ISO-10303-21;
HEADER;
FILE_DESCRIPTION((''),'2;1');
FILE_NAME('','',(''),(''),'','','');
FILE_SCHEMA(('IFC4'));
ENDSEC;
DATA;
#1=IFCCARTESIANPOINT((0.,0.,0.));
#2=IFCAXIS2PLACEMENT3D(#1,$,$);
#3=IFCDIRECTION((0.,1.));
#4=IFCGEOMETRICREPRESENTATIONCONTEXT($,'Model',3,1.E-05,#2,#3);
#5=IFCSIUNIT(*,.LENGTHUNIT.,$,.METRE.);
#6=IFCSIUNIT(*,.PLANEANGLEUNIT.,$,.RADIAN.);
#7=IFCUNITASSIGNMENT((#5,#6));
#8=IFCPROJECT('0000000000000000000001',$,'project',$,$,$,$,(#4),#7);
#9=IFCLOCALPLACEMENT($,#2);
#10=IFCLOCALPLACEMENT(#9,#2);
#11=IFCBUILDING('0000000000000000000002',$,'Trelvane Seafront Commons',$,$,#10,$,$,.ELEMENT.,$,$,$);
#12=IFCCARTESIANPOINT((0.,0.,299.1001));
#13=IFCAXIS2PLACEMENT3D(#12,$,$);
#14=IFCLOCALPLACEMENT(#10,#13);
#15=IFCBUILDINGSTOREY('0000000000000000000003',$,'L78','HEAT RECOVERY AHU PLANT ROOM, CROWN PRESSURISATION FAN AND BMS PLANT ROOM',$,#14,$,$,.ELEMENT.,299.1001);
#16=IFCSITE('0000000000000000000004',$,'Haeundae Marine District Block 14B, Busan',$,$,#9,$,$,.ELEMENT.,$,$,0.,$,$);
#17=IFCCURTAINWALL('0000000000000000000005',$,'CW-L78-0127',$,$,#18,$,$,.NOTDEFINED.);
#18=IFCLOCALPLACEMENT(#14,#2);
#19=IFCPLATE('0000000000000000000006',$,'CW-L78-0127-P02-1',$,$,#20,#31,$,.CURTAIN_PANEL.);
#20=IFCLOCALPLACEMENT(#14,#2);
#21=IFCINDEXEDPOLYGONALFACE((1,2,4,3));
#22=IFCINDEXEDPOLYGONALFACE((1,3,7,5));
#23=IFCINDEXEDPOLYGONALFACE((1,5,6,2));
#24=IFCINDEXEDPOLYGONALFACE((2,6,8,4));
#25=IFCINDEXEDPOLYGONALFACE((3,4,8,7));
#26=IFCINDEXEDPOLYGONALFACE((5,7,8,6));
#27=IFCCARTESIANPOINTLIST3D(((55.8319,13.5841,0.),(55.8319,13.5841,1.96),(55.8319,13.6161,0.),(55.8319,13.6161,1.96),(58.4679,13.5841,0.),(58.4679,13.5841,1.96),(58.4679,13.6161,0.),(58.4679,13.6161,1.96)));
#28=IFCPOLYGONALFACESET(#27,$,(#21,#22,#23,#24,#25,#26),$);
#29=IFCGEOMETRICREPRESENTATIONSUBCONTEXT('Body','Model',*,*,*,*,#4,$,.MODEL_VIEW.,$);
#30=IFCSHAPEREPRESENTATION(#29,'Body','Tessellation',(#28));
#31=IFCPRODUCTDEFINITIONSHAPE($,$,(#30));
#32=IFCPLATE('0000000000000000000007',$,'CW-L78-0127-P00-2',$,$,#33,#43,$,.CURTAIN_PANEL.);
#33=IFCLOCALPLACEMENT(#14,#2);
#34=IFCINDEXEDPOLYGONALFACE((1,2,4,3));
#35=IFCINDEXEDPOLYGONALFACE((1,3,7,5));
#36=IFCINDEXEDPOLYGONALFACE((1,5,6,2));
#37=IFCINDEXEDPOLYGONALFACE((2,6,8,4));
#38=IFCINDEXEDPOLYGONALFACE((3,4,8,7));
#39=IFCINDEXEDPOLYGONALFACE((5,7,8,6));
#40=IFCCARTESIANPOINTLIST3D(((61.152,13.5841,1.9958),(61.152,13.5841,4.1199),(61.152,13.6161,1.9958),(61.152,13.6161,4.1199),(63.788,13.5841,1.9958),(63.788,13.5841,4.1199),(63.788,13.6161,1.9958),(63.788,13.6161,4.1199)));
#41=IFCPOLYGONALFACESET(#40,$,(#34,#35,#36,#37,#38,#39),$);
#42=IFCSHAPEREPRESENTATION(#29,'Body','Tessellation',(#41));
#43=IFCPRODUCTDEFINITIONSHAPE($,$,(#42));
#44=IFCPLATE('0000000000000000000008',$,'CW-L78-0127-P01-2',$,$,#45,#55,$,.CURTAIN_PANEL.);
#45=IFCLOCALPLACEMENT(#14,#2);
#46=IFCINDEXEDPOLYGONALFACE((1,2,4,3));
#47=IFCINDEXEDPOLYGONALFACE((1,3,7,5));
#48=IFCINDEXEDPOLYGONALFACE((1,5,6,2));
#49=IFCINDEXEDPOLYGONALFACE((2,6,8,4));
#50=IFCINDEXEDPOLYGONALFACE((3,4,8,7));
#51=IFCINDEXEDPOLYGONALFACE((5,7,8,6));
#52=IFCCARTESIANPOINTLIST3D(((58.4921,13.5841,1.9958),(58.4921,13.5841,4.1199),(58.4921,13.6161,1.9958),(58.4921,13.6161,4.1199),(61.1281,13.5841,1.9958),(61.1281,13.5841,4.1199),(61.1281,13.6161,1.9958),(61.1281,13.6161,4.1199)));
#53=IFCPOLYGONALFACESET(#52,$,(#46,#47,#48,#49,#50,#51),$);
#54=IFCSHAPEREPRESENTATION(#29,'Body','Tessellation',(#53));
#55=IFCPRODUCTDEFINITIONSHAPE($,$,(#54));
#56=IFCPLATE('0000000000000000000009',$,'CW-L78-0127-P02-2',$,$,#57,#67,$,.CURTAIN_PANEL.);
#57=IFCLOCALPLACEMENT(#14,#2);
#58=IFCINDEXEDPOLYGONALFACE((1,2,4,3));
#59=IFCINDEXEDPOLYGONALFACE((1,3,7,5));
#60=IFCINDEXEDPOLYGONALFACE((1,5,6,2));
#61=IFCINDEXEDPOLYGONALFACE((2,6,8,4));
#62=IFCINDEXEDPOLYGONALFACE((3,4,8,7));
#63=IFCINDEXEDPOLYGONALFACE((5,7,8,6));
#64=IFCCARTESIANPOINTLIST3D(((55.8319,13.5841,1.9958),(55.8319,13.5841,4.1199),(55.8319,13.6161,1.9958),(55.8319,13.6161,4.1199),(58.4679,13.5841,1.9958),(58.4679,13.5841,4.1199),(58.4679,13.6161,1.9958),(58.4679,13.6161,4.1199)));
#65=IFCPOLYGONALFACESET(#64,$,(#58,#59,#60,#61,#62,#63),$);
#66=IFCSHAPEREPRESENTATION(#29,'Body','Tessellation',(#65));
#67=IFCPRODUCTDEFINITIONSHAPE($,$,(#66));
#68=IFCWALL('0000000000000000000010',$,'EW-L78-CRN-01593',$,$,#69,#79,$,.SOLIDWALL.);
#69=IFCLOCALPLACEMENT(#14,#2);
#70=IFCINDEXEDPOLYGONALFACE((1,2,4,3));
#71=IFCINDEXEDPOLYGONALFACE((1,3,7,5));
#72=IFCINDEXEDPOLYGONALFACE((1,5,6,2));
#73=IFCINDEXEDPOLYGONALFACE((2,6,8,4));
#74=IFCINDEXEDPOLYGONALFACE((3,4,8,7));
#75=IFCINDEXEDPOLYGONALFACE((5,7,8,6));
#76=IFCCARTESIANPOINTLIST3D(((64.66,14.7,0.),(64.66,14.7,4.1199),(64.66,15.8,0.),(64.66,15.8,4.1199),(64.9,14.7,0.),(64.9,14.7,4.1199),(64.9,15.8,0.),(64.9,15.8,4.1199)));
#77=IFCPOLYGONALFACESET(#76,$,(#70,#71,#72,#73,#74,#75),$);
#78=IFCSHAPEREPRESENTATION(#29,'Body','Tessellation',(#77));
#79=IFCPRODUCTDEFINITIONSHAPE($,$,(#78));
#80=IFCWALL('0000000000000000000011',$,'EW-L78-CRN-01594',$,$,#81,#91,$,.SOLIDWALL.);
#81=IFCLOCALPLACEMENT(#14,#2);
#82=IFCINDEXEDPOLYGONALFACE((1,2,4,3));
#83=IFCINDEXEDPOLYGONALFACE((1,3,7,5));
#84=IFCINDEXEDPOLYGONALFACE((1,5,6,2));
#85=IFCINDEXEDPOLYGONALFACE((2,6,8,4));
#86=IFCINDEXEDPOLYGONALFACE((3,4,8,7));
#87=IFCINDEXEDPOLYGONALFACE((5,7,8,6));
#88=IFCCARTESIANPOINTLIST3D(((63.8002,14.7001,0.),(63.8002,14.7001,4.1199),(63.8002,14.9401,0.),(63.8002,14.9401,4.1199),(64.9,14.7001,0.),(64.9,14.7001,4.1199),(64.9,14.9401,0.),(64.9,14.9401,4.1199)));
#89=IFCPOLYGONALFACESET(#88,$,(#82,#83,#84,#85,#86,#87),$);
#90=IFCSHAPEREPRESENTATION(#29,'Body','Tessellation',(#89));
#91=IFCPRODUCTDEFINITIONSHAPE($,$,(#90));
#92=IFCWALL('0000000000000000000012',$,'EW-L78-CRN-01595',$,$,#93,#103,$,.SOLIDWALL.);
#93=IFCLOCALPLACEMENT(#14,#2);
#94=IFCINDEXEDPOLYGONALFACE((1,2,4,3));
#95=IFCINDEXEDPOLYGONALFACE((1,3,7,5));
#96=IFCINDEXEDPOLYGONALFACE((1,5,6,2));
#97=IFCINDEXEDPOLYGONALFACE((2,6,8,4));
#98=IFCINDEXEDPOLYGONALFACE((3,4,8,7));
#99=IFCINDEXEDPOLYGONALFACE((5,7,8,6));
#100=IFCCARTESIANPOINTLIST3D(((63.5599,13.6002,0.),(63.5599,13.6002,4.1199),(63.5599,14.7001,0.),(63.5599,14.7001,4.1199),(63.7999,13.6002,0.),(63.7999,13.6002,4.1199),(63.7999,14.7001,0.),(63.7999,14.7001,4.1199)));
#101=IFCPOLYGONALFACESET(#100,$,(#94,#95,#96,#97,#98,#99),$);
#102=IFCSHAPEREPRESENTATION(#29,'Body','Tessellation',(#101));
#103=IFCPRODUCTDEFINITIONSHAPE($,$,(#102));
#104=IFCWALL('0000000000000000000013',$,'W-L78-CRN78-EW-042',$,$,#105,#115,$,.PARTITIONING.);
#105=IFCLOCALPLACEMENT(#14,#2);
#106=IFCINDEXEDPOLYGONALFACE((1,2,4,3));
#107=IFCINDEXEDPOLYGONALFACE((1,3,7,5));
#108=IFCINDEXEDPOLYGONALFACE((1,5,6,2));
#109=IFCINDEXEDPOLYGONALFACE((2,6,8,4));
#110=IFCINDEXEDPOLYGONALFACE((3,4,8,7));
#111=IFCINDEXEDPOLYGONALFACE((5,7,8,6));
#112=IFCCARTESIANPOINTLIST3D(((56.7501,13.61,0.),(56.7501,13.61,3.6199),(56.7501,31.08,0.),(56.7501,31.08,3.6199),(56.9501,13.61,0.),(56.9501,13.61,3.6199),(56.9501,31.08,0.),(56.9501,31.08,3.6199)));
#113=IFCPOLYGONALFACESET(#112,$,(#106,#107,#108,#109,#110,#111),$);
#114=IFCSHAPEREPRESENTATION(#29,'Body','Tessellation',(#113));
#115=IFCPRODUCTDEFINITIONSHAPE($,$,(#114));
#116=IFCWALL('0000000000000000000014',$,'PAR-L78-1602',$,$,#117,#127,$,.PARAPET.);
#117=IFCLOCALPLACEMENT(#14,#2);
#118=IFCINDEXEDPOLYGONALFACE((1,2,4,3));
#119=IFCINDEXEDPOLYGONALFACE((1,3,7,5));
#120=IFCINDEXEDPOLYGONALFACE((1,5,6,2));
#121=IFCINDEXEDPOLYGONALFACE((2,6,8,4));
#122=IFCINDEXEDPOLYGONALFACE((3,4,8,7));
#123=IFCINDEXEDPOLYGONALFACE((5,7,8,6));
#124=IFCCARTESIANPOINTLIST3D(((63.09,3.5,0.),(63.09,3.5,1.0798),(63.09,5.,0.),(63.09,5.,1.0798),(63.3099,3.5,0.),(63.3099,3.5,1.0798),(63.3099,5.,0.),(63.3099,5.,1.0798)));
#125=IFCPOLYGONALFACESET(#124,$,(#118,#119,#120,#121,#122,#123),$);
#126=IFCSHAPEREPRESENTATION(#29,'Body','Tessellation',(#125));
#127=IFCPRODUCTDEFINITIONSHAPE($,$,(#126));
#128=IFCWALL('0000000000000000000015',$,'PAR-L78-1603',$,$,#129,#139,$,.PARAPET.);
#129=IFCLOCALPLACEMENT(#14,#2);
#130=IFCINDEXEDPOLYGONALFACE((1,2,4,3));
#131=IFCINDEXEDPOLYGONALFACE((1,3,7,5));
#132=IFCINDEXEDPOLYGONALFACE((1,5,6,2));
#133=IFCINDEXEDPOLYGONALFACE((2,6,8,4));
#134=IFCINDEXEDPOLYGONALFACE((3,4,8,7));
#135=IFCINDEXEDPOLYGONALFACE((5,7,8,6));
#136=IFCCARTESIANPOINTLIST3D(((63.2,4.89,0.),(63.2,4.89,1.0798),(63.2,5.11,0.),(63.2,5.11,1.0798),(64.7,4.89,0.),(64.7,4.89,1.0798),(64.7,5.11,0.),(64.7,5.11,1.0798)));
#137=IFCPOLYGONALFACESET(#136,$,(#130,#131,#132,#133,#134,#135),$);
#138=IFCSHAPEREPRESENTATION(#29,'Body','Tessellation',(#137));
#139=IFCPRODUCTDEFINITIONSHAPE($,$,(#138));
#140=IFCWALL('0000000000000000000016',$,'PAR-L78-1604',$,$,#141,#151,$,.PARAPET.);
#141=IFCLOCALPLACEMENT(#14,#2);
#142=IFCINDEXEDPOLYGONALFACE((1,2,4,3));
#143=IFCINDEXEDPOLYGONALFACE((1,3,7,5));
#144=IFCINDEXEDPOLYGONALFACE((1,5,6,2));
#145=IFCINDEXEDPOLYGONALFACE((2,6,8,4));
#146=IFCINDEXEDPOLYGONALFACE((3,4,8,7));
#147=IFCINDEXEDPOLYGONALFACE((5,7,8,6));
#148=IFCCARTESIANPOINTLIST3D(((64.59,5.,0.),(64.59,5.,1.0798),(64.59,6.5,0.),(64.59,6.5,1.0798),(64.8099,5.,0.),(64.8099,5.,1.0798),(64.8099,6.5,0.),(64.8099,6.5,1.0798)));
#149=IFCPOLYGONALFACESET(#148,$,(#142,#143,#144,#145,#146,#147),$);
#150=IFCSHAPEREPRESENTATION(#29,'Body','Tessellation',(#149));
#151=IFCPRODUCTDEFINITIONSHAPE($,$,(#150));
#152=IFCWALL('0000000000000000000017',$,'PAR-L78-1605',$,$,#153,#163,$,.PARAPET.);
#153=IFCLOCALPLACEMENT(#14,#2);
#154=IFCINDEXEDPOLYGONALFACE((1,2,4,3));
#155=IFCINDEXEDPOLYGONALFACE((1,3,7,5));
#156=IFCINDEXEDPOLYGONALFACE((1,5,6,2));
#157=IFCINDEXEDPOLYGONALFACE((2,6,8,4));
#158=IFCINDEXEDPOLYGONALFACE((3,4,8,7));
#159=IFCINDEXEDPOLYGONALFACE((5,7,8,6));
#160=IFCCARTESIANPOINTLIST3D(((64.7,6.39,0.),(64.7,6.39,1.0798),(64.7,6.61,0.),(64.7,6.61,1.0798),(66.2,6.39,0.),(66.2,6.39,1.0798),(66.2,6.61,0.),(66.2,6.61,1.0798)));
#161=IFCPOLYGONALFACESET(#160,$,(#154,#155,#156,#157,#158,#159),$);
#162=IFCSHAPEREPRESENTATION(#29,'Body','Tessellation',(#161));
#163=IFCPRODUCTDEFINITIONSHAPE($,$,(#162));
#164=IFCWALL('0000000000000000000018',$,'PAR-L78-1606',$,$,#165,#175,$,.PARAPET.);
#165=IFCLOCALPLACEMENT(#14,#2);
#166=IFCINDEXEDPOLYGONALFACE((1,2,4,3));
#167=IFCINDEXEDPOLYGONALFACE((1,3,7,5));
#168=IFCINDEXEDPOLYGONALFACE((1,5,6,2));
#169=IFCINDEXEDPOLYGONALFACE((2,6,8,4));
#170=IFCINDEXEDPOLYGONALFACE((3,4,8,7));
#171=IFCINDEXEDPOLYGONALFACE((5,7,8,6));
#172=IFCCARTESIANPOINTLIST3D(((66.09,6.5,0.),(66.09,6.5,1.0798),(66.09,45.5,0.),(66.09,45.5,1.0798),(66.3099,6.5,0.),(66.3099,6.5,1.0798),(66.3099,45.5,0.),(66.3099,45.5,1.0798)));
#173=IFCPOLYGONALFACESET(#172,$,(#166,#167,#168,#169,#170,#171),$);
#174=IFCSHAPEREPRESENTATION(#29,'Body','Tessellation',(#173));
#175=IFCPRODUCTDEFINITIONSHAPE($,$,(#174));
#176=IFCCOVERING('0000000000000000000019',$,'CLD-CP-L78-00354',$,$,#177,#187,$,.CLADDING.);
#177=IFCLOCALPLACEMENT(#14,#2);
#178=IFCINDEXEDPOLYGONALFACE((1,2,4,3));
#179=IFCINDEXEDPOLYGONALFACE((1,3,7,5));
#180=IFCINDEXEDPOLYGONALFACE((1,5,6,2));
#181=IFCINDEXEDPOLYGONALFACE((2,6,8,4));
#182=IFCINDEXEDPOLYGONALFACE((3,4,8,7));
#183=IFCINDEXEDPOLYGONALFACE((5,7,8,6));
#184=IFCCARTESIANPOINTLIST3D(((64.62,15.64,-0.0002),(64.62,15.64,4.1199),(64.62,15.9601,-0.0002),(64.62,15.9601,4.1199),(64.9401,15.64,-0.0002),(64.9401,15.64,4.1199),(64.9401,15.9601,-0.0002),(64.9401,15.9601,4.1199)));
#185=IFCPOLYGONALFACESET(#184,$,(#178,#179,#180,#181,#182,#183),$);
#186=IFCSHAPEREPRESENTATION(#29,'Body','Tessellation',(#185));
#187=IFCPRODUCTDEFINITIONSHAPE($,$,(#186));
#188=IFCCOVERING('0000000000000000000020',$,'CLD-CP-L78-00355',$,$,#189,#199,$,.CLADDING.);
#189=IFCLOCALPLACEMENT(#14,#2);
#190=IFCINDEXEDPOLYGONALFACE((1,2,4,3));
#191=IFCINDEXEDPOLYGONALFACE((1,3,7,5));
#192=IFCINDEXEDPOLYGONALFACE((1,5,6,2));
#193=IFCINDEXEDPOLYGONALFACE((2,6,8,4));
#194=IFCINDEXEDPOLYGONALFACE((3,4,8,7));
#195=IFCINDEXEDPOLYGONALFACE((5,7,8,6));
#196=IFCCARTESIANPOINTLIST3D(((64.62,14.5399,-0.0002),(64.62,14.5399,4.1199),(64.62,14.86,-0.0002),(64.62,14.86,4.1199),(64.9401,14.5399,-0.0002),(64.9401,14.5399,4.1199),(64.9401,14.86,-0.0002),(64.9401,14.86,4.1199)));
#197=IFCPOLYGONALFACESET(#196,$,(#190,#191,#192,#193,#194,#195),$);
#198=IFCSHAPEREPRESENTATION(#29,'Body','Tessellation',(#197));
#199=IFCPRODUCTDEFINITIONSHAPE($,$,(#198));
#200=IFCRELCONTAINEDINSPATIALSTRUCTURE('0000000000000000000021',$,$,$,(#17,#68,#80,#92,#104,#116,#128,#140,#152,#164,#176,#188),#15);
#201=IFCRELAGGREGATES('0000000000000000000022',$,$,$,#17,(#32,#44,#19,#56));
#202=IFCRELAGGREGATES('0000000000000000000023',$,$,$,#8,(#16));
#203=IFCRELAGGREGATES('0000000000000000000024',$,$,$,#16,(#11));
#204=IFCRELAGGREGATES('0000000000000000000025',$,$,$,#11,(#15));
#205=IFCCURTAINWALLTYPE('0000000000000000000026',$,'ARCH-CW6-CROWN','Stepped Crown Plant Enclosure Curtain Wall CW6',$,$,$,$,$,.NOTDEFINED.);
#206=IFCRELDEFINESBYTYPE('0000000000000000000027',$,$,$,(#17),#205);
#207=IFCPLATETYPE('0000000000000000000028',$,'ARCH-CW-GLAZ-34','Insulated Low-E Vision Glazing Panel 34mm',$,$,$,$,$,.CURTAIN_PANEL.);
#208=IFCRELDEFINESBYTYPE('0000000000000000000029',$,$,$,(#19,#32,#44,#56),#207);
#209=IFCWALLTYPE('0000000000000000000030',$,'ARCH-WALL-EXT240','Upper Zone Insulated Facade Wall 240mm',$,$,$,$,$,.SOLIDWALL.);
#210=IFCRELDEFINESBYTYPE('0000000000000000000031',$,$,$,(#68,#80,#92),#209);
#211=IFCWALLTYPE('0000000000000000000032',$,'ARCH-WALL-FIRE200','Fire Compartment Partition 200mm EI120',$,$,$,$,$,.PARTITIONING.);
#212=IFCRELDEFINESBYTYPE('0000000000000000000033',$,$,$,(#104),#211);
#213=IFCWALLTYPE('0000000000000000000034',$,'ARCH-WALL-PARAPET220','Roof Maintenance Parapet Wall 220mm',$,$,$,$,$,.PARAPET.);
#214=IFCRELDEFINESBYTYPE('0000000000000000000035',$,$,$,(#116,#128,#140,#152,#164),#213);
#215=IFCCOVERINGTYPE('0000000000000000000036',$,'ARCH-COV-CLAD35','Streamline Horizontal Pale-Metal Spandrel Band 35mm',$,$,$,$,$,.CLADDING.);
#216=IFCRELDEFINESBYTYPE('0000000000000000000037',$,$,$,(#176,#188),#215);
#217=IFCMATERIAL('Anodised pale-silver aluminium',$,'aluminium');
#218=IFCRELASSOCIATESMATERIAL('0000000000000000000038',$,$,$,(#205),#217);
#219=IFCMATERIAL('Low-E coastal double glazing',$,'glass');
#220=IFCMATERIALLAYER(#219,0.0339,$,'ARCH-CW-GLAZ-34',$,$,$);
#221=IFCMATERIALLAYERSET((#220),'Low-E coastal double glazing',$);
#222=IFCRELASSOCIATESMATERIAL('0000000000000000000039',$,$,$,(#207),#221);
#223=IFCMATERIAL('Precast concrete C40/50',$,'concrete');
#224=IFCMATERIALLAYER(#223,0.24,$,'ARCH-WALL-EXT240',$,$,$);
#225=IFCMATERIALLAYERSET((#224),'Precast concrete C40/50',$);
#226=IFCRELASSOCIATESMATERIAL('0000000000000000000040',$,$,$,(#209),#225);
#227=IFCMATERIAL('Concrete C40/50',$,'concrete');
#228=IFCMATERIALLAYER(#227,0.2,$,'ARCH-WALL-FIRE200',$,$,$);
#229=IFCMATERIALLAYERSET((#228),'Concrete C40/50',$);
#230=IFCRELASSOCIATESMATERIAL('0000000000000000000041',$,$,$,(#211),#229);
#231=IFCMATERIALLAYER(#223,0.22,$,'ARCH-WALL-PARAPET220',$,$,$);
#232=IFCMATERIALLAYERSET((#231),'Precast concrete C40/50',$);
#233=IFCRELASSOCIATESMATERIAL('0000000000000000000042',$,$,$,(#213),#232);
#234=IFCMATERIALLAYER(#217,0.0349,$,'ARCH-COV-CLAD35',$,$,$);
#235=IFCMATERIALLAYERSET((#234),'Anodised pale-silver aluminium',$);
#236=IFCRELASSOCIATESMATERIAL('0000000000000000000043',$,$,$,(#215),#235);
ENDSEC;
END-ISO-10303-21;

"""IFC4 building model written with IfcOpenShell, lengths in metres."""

from ifc_helpers import new_model, si_unit, direction, frame, frame_2d, origin, origin_2d, place, context, subcontext, project, spatial, rectangle, extrude, source, transform, mapped, material, layer, layer_set, type_object, element, aggregate, save


model = new_model("IFC4")

# Units and contexts
model_context = context("Model", 3, precision=1e-05, world=origin(), true_north=direction((0.0, 1.0)))
body_context = subcontext(model_context, "Body", "Model", "MODEL_VIEW")
ifc_project = project(units=[si_unit("LENGTHUNIT", "METRE"), si_unit("PLANEANGLEUNIT", "RADIAN")], contexts=[model_context])

# Site, building, storey
site_placement = place(None, origin())
site = spatial("IfcSite", under=ifc_project, at=site_placement, Name="Haeundae Marine District Block 14B, Busan", CompositionType="ELEMENT", RefElevation=0.0)
building_placement = place(site_placement, origin())
building = spatial("IfcBuilding", under=site, at=building_placement, Name="Trelvane Seafront Commons", CompositionType="ELEMENT")
storey_placement = place(building_placement, frame((0.0, 0.0, 299.1001)))
storey = spatial("IfcBuildingStorey", under=building, at=storey_placement, Name="L78", Description="HEAT RECOVERY AHU PLANT ROOM, CROWN PRESSURISATION FAN AND BMS PLANT ROOM", CompositionType="ELEMENT", Elevation=299.1001)

# Shared definitions
ifc_material_1 = material(Name="Anodised pale-silver aluminium", Category="aluminium")
curtain_wall_type = type_object("IfcCurtainWallType", Name="ARCH-CW6-CROWN", Description="Stepped Crown Plant Enclosure Curtain Wall CW6", PredefinedType="NOTDEFINED", material=ifc_material_1)

# Curtain wall, plates
curtain_wall_1_placement = place(storey_placement, origin())
curtain_wall_1 = element("IfcCurtainWall", 1, at=curtain_wall_1_placement, inside=storey, type_object=curtain_wall_type, Name="CW-L78-0127", PredefinedType="NOTDEFINED")
ifc_material_2 = material(Name="Low-E coastal double glazing", Category="glass")
ifc_layer_1 = layer(ifc_material_2, 0.0339, Name="ARCH-CW-GLAZ-34")
ifc_layer_set_1 = layer_set([ifc_layer_1], Name="Low-E coastal double glazing")
plate_type = type_object("IfcPlateType", Name="ARCH-CW-GLAZ-34", Description="Insulated Low-E Vision Glazing Panel 34mm", PredefinedType="CURTAIN_PANEL", material=ifc_layer_set_1)
shared_shape_1 = source(origin(), body_context, "Body", "SweptSolid", [
    extrude(rectangle(XDim=2.636, YDim=0.032, at=origin_2d()), origin(), (0.0, 0.0, 1.0), 1.96),
])
plate_1_placement = place(storey_placement, frame((57.1499, 13.6001, 0.0), z_axis=(0.0, 0.0, 1.0), x_axis=(-1.0, 0.0, 0.0)))
plate_1 = element("IfcPlate", 2, at=plate_1_placement, type_object=plate_type, Name="CW-L78-0127-P02-1", PredefinedType="CURTAIN_PANEL", context=body_context, shape_type="MappedRepresentation", body=[
    mapped(shared_shape_1, transform((0.0, 0.0, 0.0), x_axis=(1.0, 0.0, 0.0), y_axis=(0.0, 1.0, 0.0), z_axis=(0.0, 0.0, 1.0), scale=1.0)),
])
shared_shape_2 = source(origin(), body_context, "Body", "SweptSolid", [
    extrude(rectangle(XDim=2.636, YDim=0.032, at=origin_2d()), origin(), (0.0, 0.0, 1.0), 2.124),
])
plate_2_placement = place(storey_placement, frame((62.47, 13.6001, 1.9958), z_axis=(0.0, 0.0, 1.0), x_axis=(-1.0, 0.0, 0.0)))
plate_2 = element("IfcPlate", 3, at=plate_2_placement, type_object=plate_type, Name="CW-L78-0127-P00-2", PredefinedType="CURTAIN_PANEL", context=body_context, shape_type="MappedRepresentation", body=[
    mapped(shared_shape_2, transform((0.0, 0.0, 0.0), x_axis=(1.0, 0.0, 0.0), y_axis=(0.0, 1.0, 0.0), z_axis=(0.0, 0.0, 1.0), scale=1.0)),
])
plate_3_placement = place(storey_placement, frame((59.8101, 13.6001, 1.9958), z_axis=(0.0, 0.0, 1.0), x_axis=(-1.0, 0.0, 0.0)))
plate_3 = element("IfcPlate", 4, at=plate_3_placement, type_object=plate_type, Name="CW-L78-0127-P01-2", PredefinedType="CURTAIN_PANEL", context=body_context, shape_type="MappedRepresentation", body=[
    mapped(shared_shape_2, transform((0.0, 0.0, 0.0), x_axis=(1.0, 0.0, 0.0), y_axis=(0.0, 1.0, 0.0), z_axis=(0.0, 0.0, 1.0), scale=1.0)),
])
plate_4_placement = place(storey_placement, frame((57.1499, 13.6001, 1.9958), z_axis=(0.0, 0.0, 1.0), x_axis=(-1.0, 0.0, 0.0)))
plate_4 = element("IfcPlate", 5, at=plate_4_placement, type_object=plate_type, Name="CW-L78-0127-P02-2", PredefinedType="CURTAIN_PANEL", context=body_context, shape_type="MappedRepresentation", body=[
    mapped(shared_shape_2, transform((0.0, 0.0, 0.0), x_axis=(1.0, 0.0, 0.0), y_axis=(0.0, 1.0, 0.0), z_axis=(0.0, 0.0, 1.0), scale=1.0)),
])
aggregate(curtain_wall_1, [plate_2, plate_3, plate_1, plate_4])

# Walls
ifc_material_3 = material(Name="Precast concrete C40/50", Category="concrete")
ifc_layer_2 = layer(ifc_material_3, 0.24, Name="ARCH-WALL-EXT240")
ifc_layer_set_2 = layer_set([ifc_layer_2], Name="Precast concrete C40/50")
wall_type_1 = type_object("IfcWallType", Name="ARCH-WALL-EXT240", Description="Upper Zone Insulated Facade Wall 240mm", PredefinedType="SOLIDWALL", material=ifc_layer_set_2)
wall_1_placement = place(storey_placement, frame((64.78, 15.8, 0.0), z_axis=(0.0, 0.0, 1.0), x_axis=(0.0, -1.0, 0.0)))
element("IfcWall", 6, at=wall_1_placement, inside=storey, type_object=wall_type_1, Name="EW-L78-CRN-01593", PredefinedType="SOLIDWALL", context=body_context, shape_type="SweptSolid", body=[
    extrude(rectangle(XDim=1.1001, YDim=0.24, at=frame_2d((0.55, 0.0))), origin(), (0.0, 0.0, 1.0), 4.1199),
])
for number, where, z_axis, x_axis, name in (
    (7, (64.8999, 14.8201, 0.0), (0.0, 0.0, 1.0), (-1.0, 0.0, 0.0), "EW-L78-CRN-01594"),
    (8, (63.6799, 14.7, 0.0), (0.0, 0.0, 1.0), (0.0, -1.0, 0.0), "EW-L78-CRN-01595"),
):
    element("IfcWall", number, at=place(storey_placement, frame(where, z_axis=z_axis, x_axis=x_axis)), inside=storey, type_object=wall_type_1, Name=name, PredefinedType="SOLIDWALL", context=body_context, shape_type="SweptSolid", body=[
        extrude(rectangle(XDim=1.0999, YDim=0.24, at=frame_2d((0.5498, 0.0))), origin(), (0.0, 0.0, 1.0), 4.1199),
    ])
ifc_material_4 = material(Name="Concrete C40/50", Category="concrete")
ifc_layer_3 = layer(ifc_material_4, 0.2, Name="ARCH-WALL-FIRE200")
ifc_layer_set_3 = layer_set([ifc_layer_3], Name="Concrete C40/50")
wall_type_2 = type_object("IfcWallType", Name="ARCH-WALL-FIRE200", Description="Fire Compartment Partition 200mm EI120", PredefinedType="PARTITIONING", material=ifc_layer_set_3)
wall_2_placement = place(storey_placement, frame((56.8501, 13.6101, 0.0), z_axis=(0.0, 0.0, 1.0), x_axis=(0.0, 1.0, 0.0)))
element("IfcWall", 9, at=wall_2_placement, inside=storey, type_object=wall_type_2, Name="W-L78-CRN78-EW-042", PredefinedType="PARTITIONING", context=body_context, shape_type="SweptSolid", body=[
    extrude(rectangle(XDim=17.47, YDim=0.2, at=frame_2d((8.7349, 0.0))), origin(), (0.0, 0.0, 1.0), 3.6199),
])
ifc_layer_4 = layer(ifc_material_3, 0.22, Name="ARCH-WALL-PARAPET220")
ifc_layer_set_4 = layer_set([ifc_layer_4], Name="Precast concrete C40/50")
wall_type_3 = type_object("IfcWallType", Name="ARCH-WALL-PARAPET220", Description="Roof Maintenance Parapet Wall 220mm", PredefinedType="PARAPET", material=ifc_layer_set_4)
for number, where, z_axis, x_axis, name in (
    (10, (63.2, 3.5, 0.0), (0.0, 0.0, 1.0), (0.0, 1.0, 0.0), "PAR-L78-1602"),
    (11, (63.2, 5.0, 0.0), (0.0, 0.0, 1.0), (1.0, 0.0, 0.0), "PAR-L78-1603"),
    (12, (64.7, 5.0, 0.0), (0.0, 0.0, 1.0), (0.0, 1.0, 0.0), "PAR-L78-1604"),
    (13, (64.7, 6.5, 0.0), (0.0, 0.0, 1.0), (1.0, 0.0, 0.0), "PAR-L78-1605"),
):
    element("IfcWall", number, at=place(storey_placement, frame(where, z_axis=z_axis, x_axis=x_axis)), inside=storey, type_object=wall_type_3, Name=name, PredefinedType="PARAPET", context=body_context, shape_type="SweptSolid", body=[
        extrude(rectangle(XDim=1.5, YDim=0.22, at=frame_2d((0.75, 0.0))), origin(), (0.0, 0.0, 1.0), 1.0798),
    ])
wall_3_placement = place(storey_placement, frame((66.2, 6.5, 0.0), z_axis=(0.0, 0.0, 1.0), x_axis=(0.0, 1.0, 0.0)))
element("IfcWall", 14, at=wall_3_placement, inside=storey, type_object=wall_type_3, Name="PAR-L78-1606", PredefinedType="PARAPET", context=body_context, shape_type="SweptSolid", body=[
    extrude(rectangle(XDim=39.0, YDim=0.22, at=frame_2d((19.5, 0.0))), origin(), (0.0, 0.0, 1.0), 1.0798),
])

# Coverings
ifc_layer_5 = layer(ifc_material_1, 0.0349, Name="ARCH-COV-CLAD35")
ifc_layer_set_5 = layer_set([ifc_layer_5], Name="Anodised pale-silver aluminium")
covering_type = type_object("IfcCoveringType", Name="ARCH-COV-CLAD35", Description="Streamline Horizontal Pale-Metal Spandrel Band 35mm", PredefinedType="CLADDING", material=ifc_layer_set_5)
shared_shape_3 = source(origin(), body_context, "Body", "SweptSolid", [
    extrude(rectangle(XDim=0.3201, YDim=0.3201, at=origin_2d()), origin(), (0.0, 0.0, 1.0), 4.1201),
])
for number, where, z_axis, x_axis, name in (
    (15, (64.78, 15.8, -0.0002), (0.0, 0.0, 1.0), (1.0, 0.0, 0.0), "CLD-CP-L78-00354"),
    (16, (64.78, 14.7, -0.0002), (0.0, 0.0, 1.0), (1.0, 0.0, 0.0), "CLD-CP-L78-00355"),
):
    element("IfcCovering", number, at=place(storey_placement, frame(where, z_axis=z_axis, x_axis=x_axis)), inside=storey, type_object=covering_type, Name=name, PredefinedType="CLADDING", context=body_context, shape_type="MappedRepresentation", body=[
        mapped(shared_shape_3, transform((0.0, 0.0, 0.0), x_axis=(1.0, 0.0, 0.0), y_axis=(0.0, 1.0, 0.0), z_axis=(0.0, 0.0, 1.0), scale=1.0)),
    ])

save(model, "model.ifc")
